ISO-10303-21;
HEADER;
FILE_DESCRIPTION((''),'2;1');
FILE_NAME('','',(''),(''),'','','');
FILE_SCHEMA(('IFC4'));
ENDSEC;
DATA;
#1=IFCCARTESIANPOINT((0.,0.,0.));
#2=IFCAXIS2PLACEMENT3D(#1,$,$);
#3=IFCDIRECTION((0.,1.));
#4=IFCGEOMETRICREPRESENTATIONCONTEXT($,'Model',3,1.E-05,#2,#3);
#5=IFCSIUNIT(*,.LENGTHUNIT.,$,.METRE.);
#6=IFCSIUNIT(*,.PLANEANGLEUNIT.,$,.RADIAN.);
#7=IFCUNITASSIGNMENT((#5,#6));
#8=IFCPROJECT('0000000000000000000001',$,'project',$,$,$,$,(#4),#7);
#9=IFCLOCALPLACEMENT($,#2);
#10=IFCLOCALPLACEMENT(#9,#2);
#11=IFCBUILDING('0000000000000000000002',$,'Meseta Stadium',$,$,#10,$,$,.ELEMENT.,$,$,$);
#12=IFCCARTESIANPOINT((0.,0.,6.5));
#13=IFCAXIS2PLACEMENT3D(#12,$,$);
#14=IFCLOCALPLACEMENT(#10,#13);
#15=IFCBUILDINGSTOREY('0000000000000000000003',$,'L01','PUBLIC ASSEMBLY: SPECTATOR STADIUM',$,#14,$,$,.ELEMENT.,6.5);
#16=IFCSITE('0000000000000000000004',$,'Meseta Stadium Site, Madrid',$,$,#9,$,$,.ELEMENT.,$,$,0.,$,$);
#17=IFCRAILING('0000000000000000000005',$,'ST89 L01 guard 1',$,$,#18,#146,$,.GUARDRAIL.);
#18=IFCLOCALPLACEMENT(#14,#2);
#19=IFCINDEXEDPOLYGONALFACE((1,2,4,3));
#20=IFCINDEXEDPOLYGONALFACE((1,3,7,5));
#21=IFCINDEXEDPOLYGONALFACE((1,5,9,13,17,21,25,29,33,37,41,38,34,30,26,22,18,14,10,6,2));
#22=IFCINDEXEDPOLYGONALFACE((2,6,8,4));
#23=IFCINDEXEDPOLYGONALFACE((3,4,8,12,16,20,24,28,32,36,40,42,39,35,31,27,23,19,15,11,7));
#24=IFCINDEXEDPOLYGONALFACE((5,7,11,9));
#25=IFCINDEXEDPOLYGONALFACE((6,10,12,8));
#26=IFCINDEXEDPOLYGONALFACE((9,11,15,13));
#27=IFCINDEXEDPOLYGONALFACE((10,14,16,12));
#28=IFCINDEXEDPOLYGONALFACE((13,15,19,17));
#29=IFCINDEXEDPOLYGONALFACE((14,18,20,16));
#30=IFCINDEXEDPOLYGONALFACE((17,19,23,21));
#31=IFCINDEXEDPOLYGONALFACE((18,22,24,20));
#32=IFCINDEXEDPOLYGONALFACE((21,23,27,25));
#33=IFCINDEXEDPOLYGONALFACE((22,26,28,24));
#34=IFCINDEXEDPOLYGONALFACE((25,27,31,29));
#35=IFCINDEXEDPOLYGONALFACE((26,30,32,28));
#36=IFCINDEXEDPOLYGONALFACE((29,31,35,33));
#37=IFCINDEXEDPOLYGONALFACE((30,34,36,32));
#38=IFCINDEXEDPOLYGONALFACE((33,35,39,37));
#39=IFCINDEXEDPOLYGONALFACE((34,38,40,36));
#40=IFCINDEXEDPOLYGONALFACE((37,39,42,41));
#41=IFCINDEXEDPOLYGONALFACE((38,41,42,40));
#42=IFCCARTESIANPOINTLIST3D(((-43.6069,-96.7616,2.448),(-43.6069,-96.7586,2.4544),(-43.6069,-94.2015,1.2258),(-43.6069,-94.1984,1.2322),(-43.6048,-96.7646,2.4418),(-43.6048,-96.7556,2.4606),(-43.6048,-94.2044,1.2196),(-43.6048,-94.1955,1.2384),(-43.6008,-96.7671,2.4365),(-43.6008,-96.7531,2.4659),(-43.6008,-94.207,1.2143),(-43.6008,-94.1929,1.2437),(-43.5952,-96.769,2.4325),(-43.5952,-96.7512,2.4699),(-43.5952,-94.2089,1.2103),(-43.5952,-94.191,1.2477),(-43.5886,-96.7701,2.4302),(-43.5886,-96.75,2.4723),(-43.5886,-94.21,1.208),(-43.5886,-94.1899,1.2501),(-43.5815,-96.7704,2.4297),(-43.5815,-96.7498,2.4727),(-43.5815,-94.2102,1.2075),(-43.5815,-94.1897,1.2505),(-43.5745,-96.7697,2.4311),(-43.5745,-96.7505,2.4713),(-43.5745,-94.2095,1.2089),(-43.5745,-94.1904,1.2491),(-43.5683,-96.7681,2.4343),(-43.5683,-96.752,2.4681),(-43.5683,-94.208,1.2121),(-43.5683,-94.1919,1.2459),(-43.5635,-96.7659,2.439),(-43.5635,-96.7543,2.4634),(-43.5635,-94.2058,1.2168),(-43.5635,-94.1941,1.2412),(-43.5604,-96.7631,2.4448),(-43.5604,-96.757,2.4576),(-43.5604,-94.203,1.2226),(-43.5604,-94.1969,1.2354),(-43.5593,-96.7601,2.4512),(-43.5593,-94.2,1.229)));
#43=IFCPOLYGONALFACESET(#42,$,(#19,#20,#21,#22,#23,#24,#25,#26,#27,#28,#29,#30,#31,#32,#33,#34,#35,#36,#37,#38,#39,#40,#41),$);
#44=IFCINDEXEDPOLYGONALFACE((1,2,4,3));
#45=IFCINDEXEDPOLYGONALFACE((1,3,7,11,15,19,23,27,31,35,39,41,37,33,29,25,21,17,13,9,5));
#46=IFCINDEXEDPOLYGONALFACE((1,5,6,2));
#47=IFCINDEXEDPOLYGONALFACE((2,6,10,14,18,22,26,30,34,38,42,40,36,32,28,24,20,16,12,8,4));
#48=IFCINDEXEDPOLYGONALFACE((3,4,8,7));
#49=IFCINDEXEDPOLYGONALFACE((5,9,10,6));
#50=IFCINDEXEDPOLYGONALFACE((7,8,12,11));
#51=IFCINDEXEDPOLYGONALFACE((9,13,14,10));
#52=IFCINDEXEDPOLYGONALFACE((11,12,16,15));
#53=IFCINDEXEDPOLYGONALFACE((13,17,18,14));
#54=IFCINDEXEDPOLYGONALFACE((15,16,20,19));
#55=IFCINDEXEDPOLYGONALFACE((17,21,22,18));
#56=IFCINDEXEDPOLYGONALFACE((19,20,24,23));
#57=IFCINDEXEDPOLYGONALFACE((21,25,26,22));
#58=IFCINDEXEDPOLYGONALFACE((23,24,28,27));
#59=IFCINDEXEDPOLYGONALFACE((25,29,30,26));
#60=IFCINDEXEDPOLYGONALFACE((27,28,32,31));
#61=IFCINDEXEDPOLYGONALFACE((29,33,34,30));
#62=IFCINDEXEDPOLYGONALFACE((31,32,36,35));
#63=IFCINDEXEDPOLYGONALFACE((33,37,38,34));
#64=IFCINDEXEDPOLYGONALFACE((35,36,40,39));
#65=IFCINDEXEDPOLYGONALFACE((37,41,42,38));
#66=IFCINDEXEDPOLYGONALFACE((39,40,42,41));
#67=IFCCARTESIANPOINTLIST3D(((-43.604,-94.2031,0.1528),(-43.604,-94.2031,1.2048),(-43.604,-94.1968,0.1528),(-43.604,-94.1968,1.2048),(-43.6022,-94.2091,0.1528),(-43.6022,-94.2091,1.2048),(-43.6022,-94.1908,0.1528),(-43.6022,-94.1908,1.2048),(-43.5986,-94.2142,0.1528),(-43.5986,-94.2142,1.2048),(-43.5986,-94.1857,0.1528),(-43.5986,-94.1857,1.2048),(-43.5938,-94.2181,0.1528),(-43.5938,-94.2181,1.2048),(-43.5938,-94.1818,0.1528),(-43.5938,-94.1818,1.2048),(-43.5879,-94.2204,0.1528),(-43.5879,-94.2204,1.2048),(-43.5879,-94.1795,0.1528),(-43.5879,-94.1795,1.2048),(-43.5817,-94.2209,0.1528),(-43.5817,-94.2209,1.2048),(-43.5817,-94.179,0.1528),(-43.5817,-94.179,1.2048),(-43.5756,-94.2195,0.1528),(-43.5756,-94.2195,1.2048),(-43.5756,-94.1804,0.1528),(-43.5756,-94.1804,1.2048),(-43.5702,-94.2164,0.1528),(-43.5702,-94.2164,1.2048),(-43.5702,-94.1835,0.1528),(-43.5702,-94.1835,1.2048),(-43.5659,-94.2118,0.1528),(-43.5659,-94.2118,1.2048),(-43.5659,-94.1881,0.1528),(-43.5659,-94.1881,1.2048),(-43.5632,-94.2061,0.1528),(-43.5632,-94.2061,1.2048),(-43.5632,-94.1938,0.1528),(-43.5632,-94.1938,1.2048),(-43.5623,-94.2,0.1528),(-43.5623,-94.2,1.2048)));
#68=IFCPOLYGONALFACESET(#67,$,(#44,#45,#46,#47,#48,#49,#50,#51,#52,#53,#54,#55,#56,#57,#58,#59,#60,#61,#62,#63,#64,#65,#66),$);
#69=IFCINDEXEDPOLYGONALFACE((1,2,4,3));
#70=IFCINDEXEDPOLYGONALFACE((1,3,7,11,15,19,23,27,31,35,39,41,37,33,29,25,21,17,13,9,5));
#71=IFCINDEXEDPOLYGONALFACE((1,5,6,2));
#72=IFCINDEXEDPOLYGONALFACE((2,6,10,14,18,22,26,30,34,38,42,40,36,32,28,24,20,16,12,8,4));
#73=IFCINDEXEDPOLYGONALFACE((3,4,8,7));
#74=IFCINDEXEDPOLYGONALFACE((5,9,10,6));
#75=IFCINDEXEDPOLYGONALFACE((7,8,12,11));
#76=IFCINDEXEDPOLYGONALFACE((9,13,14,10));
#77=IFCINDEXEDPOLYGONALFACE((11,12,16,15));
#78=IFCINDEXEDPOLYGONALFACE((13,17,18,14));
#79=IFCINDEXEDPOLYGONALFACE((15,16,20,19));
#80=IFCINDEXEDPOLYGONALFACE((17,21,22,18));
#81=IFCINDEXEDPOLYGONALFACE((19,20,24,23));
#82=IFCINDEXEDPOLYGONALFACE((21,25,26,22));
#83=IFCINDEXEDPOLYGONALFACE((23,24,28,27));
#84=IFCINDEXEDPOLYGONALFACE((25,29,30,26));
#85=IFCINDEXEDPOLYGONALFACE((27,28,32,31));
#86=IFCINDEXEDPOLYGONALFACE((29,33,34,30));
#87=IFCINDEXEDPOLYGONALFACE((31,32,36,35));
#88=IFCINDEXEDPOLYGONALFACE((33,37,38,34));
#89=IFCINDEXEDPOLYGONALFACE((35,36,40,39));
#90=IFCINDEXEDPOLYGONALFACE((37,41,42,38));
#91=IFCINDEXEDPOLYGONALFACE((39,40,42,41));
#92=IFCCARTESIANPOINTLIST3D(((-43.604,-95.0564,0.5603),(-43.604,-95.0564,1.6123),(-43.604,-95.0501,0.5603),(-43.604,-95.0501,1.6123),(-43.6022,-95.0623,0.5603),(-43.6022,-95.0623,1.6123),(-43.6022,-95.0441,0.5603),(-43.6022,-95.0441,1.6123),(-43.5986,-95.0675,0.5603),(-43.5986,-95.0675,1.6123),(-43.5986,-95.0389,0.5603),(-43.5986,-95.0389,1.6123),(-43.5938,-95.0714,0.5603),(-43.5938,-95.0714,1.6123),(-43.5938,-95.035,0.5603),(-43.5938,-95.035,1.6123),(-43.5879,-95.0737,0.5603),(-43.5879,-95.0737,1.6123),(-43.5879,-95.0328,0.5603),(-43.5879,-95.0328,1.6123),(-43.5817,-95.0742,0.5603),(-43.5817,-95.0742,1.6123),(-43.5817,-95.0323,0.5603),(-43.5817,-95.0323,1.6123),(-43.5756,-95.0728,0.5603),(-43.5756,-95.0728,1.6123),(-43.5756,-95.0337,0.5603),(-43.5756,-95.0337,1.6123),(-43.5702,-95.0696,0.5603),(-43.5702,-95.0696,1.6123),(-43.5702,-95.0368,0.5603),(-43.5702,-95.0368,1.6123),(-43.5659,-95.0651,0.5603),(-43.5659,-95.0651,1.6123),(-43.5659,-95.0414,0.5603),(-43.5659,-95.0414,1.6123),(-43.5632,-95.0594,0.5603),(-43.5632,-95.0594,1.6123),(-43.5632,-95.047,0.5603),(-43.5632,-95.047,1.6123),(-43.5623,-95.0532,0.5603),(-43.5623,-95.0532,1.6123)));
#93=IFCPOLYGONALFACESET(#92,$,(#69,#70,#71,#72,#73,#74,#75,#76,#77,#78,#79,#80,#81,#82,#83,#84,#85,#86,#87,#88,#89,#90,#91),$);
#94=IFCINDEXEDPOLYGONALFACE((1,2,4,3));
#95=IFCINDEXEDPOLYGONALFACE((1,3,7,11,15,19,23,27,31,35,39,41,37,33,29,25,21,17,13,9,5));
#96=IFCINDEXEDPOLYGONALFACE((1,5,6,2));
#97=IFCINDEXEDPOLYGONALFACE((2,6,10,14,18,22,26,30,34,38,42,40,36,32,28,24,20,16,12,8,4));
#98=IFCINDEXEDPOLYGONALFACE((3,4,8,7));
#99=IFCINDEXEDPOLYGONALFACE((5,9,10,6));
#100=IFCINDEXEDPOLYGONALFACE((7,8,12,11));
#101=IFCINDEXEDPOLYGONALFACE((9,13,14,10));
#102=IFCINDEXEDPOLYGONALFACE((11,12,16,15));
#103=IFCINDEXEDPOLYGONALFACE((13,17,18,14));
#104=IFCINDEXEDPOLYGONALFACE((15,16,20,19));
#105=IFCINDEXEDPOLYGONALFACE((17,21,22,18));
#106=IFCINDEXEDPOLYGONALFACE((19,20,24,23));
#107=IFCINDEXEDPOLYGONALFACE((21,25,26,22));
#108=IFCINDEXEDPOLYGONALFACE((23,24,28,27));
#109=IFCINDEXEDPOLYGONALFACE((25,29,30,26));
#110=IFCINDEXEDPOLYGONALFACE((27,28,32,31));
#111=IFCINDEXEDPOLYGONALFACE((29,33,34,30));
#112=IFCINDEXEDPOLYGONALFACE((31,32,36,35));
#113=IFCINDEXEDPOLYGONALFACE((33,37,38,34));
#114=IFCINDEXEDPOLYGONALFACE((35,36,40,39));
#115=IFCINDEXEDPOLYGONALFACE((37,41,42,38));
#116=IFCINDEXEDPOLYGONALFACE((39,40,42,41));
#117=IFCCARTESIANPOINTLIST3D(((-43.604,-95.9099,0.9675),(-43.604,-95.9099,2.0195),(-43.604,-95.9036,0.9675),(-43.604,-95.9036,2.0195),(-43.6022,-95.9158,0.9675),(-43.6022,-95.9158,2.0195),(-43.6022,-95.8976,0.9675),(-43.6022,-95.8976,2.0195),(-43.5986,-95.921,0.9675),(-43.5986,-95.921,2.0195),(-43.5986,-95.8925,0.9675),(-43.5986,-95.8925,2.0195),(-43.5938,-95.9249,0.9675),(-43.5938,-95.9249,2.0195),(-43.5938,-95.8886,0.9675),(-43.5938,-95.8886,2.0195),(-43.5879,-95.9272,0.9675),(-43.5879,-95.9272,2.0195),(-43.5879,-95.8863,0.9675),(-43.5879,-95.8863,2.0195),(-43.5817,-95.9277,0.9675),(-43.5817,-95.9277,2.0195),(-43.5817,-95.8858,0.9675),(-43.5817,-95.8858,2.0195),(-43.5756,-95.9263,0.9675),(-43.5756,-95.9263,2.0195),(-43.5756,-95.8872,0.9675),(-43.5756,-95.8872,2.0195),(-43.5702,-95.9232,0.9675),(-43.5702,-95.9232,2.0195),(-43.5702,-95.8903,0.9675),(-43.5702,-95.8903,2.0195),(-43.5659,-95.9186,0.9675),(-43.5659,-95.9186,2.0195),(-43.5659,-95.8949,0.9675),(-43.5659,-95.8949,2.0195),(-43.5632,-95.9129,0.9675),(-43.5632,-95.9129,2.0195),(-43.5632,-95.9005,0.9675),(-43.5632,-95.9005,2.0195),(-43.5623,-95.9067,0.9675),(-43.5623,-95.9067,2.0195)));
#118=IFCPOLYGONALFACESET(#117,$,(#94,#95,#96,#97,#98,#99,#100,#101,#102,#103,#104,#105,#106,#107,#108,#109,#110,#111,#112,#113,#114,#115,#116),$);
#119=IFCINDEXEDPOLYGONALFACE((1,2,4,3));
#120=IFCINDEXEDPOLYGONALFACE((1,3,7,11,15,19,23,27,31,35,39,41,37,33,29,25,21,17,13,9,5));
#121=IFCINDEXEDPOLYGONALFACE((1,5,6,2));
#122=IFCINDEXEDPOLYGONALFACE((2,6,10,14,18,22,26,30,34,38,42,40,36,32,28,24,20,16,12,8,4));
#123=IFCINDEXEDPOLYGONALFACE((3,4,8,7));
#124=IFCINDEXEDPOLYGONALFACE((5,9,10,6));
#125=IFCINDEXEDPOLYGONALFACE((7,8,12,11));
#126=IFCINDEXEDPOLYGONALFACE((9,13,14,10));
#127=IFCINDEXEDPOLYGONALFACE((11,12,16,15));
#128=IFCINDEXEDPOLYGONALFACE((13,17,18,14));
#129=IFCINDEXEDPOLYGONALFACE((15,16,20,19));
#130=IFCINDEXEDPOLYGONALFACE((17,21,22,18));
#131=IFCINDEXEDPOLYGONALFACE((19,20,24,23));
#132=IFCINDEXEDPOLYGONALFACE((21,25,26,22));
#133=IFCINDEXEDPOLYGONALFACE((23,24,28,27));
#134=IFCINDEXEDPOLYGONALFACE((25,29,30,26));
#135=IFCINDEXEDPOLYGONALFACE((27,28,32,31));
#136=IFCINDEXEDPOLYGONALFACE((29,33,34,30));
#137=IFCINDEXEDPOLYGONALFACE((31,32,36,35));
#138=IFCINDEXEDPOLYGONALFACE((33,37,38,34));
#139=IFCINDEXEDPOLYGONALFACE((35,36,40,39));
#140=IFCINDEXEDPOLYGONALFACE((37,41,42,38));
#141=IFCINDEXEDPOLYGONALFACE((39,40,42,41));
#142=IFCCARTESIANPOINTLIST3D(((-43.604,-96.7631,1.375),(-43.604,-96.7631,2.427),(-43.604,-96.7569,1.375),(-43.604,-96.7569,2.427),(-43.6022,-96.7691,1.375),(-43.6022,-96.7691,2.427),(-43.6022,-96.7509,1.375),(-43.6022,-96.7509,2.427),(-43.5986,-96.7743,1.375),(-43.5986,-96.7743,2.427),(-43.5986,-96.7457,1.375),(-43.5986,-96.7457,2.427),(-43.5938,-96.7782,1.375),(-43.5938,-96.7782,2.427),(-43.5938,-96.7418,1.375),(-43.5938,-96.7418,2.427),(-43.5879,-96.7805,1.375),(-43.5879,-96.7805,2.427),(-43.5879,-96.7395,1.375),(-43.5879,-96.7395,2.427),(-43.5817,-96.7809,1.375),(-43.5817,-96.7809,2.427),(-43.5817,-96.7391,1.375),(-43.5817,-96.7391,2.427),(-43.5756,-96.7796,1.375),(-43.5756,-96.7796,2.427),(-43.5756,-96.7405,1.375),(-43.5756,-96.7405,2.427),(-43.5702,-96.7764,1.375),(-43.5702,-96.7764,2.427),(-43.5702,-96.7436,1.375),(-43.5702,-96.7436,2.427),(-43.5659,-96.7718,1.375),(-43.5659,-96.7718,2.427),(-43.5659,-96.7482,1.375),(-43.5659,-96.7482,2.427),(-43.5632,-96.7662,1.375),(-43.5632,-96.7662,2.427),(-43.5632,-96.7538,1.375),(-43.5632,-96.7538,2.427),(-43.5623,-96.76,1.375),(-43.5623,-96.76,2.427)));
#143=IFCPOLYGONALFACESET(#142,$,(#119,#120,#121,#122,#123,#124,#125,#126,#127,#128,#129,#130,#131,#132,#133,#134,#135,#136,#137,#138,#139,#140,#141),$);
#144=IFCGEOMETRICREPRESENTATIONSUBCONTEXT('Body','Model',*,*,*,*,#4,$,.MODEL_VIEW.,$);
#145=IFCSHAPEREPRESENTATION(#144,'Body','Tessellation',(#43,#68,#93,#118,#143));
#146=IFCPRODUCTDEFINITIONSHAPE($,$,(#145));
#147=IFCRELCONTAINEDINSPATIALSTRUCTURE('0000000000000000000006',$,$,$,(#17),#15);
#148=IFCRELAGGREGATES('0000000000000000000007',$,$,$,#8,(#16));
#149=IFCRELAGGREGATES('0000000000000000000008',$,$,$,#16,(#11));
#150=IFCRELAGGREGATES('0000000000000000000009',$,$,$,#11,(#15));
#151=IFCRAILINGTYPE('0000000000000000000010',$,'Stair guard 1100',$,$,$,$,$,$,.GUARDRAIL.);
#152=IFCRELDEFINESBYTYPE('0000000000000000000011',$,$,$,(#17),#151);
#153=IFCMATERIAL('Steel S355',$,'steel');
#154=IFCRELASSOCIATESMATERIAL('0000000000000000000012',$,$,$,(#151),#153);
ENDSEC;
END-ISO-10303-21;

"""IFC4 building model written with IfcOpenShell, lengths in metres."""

from ifc_helpers import new_model, si_unit, direction, frame, origin, origin_2d, place, context, subcontext, project, spatial, circle, extrude, material, type_object, element, save


model = new_model("IFC4")

# Units and contexts
model_context = context("Model", 3, precision=1e-05, world=origin(), true_north=direction((0.0, 1.0)))
body_context = subcontext(model_context, "Body", "Model", "MODEL_VIEW")
ifc_project = project(units=[si_unit("LENGTHUNIT", "METRE"), si_unit("PLANEANGLEUNIT", "RADIAN")], contexts=[model_context])

# Site, building, storey
site_placement = place(None, origin())
site = spatial("IfcSite", under=ifc_project, at=site_placement, Name="Meseta Stadium Site, Madrid", CompositionType="ELEMENT", RefElevation=0.0)
building_placement = place(site_placement, origin())
building = spatial("IfcBuilding", under=site, at=building_placement, Name="Meseta Stadium", CompositionType="ELEMENT")
storey_placement = place(building_placement, frame((0.0, 0.0, 6.5)))
storey = spatial("IfcBuildingStorey", under=building, at=storey_placement, Name="L01", Description="PUBLIC ASSEMBLY: SPECTATOR STADIUM", CompositionType="ELEMENT", Elevation=6.5)

# Railing
ifc_material_1 = material(Name="Steel S355", Category="steel")
railing_type_1 = type_object("IfcRailingType", Name="Stair guard 1100", PredefinedType="GUARDRAIL", material=ifc_material_1)
railing_1_placement = place(storey_placement, frame((-43.5833, -94.2, 0.1528)))
element("IfcRailing", 1, at=railing_1_placement, inside=storey, type_object=railing_type_1, Name="ST89 L01 guard 1", PredefinedType="GUARDRAIL", context=body_context, shape_type="SweptSolid", body=[
    extrude(circle(Radius=0.0239, at=origin_2d()), frame((0.0, 0.0, 1.0762), z_axis=(0.0, -0.902437, 0.430822), x_axis=(1.0, 0.0, 0.0)), (0.0, 0.0, 1.0), 2.8369),
    extrude(circle(Radius=0.021, at=origin_2d()), origin(), (0.0, 0.0, 1.0), 1.052),
    extrude(circle(Radius=0.021, at=origin_2d()), frame((0.0, -0.8533, 0.4075)), (0.0, 0.0, 1.0), 1.052),
    extrude(circle(Radius=0.021, at=origin_2d()), frame((0.0, -1.7068, 0.8147)), (0.0, 0.0, 1.0), 1.052),
    extrude(circle(Radius=0.021, at=origin_2d()), frame((0.0, -2.5601, 1.2222)), (0.0, 0.0, 1.0), 1.052),
])

save(model, "model.ifc")
